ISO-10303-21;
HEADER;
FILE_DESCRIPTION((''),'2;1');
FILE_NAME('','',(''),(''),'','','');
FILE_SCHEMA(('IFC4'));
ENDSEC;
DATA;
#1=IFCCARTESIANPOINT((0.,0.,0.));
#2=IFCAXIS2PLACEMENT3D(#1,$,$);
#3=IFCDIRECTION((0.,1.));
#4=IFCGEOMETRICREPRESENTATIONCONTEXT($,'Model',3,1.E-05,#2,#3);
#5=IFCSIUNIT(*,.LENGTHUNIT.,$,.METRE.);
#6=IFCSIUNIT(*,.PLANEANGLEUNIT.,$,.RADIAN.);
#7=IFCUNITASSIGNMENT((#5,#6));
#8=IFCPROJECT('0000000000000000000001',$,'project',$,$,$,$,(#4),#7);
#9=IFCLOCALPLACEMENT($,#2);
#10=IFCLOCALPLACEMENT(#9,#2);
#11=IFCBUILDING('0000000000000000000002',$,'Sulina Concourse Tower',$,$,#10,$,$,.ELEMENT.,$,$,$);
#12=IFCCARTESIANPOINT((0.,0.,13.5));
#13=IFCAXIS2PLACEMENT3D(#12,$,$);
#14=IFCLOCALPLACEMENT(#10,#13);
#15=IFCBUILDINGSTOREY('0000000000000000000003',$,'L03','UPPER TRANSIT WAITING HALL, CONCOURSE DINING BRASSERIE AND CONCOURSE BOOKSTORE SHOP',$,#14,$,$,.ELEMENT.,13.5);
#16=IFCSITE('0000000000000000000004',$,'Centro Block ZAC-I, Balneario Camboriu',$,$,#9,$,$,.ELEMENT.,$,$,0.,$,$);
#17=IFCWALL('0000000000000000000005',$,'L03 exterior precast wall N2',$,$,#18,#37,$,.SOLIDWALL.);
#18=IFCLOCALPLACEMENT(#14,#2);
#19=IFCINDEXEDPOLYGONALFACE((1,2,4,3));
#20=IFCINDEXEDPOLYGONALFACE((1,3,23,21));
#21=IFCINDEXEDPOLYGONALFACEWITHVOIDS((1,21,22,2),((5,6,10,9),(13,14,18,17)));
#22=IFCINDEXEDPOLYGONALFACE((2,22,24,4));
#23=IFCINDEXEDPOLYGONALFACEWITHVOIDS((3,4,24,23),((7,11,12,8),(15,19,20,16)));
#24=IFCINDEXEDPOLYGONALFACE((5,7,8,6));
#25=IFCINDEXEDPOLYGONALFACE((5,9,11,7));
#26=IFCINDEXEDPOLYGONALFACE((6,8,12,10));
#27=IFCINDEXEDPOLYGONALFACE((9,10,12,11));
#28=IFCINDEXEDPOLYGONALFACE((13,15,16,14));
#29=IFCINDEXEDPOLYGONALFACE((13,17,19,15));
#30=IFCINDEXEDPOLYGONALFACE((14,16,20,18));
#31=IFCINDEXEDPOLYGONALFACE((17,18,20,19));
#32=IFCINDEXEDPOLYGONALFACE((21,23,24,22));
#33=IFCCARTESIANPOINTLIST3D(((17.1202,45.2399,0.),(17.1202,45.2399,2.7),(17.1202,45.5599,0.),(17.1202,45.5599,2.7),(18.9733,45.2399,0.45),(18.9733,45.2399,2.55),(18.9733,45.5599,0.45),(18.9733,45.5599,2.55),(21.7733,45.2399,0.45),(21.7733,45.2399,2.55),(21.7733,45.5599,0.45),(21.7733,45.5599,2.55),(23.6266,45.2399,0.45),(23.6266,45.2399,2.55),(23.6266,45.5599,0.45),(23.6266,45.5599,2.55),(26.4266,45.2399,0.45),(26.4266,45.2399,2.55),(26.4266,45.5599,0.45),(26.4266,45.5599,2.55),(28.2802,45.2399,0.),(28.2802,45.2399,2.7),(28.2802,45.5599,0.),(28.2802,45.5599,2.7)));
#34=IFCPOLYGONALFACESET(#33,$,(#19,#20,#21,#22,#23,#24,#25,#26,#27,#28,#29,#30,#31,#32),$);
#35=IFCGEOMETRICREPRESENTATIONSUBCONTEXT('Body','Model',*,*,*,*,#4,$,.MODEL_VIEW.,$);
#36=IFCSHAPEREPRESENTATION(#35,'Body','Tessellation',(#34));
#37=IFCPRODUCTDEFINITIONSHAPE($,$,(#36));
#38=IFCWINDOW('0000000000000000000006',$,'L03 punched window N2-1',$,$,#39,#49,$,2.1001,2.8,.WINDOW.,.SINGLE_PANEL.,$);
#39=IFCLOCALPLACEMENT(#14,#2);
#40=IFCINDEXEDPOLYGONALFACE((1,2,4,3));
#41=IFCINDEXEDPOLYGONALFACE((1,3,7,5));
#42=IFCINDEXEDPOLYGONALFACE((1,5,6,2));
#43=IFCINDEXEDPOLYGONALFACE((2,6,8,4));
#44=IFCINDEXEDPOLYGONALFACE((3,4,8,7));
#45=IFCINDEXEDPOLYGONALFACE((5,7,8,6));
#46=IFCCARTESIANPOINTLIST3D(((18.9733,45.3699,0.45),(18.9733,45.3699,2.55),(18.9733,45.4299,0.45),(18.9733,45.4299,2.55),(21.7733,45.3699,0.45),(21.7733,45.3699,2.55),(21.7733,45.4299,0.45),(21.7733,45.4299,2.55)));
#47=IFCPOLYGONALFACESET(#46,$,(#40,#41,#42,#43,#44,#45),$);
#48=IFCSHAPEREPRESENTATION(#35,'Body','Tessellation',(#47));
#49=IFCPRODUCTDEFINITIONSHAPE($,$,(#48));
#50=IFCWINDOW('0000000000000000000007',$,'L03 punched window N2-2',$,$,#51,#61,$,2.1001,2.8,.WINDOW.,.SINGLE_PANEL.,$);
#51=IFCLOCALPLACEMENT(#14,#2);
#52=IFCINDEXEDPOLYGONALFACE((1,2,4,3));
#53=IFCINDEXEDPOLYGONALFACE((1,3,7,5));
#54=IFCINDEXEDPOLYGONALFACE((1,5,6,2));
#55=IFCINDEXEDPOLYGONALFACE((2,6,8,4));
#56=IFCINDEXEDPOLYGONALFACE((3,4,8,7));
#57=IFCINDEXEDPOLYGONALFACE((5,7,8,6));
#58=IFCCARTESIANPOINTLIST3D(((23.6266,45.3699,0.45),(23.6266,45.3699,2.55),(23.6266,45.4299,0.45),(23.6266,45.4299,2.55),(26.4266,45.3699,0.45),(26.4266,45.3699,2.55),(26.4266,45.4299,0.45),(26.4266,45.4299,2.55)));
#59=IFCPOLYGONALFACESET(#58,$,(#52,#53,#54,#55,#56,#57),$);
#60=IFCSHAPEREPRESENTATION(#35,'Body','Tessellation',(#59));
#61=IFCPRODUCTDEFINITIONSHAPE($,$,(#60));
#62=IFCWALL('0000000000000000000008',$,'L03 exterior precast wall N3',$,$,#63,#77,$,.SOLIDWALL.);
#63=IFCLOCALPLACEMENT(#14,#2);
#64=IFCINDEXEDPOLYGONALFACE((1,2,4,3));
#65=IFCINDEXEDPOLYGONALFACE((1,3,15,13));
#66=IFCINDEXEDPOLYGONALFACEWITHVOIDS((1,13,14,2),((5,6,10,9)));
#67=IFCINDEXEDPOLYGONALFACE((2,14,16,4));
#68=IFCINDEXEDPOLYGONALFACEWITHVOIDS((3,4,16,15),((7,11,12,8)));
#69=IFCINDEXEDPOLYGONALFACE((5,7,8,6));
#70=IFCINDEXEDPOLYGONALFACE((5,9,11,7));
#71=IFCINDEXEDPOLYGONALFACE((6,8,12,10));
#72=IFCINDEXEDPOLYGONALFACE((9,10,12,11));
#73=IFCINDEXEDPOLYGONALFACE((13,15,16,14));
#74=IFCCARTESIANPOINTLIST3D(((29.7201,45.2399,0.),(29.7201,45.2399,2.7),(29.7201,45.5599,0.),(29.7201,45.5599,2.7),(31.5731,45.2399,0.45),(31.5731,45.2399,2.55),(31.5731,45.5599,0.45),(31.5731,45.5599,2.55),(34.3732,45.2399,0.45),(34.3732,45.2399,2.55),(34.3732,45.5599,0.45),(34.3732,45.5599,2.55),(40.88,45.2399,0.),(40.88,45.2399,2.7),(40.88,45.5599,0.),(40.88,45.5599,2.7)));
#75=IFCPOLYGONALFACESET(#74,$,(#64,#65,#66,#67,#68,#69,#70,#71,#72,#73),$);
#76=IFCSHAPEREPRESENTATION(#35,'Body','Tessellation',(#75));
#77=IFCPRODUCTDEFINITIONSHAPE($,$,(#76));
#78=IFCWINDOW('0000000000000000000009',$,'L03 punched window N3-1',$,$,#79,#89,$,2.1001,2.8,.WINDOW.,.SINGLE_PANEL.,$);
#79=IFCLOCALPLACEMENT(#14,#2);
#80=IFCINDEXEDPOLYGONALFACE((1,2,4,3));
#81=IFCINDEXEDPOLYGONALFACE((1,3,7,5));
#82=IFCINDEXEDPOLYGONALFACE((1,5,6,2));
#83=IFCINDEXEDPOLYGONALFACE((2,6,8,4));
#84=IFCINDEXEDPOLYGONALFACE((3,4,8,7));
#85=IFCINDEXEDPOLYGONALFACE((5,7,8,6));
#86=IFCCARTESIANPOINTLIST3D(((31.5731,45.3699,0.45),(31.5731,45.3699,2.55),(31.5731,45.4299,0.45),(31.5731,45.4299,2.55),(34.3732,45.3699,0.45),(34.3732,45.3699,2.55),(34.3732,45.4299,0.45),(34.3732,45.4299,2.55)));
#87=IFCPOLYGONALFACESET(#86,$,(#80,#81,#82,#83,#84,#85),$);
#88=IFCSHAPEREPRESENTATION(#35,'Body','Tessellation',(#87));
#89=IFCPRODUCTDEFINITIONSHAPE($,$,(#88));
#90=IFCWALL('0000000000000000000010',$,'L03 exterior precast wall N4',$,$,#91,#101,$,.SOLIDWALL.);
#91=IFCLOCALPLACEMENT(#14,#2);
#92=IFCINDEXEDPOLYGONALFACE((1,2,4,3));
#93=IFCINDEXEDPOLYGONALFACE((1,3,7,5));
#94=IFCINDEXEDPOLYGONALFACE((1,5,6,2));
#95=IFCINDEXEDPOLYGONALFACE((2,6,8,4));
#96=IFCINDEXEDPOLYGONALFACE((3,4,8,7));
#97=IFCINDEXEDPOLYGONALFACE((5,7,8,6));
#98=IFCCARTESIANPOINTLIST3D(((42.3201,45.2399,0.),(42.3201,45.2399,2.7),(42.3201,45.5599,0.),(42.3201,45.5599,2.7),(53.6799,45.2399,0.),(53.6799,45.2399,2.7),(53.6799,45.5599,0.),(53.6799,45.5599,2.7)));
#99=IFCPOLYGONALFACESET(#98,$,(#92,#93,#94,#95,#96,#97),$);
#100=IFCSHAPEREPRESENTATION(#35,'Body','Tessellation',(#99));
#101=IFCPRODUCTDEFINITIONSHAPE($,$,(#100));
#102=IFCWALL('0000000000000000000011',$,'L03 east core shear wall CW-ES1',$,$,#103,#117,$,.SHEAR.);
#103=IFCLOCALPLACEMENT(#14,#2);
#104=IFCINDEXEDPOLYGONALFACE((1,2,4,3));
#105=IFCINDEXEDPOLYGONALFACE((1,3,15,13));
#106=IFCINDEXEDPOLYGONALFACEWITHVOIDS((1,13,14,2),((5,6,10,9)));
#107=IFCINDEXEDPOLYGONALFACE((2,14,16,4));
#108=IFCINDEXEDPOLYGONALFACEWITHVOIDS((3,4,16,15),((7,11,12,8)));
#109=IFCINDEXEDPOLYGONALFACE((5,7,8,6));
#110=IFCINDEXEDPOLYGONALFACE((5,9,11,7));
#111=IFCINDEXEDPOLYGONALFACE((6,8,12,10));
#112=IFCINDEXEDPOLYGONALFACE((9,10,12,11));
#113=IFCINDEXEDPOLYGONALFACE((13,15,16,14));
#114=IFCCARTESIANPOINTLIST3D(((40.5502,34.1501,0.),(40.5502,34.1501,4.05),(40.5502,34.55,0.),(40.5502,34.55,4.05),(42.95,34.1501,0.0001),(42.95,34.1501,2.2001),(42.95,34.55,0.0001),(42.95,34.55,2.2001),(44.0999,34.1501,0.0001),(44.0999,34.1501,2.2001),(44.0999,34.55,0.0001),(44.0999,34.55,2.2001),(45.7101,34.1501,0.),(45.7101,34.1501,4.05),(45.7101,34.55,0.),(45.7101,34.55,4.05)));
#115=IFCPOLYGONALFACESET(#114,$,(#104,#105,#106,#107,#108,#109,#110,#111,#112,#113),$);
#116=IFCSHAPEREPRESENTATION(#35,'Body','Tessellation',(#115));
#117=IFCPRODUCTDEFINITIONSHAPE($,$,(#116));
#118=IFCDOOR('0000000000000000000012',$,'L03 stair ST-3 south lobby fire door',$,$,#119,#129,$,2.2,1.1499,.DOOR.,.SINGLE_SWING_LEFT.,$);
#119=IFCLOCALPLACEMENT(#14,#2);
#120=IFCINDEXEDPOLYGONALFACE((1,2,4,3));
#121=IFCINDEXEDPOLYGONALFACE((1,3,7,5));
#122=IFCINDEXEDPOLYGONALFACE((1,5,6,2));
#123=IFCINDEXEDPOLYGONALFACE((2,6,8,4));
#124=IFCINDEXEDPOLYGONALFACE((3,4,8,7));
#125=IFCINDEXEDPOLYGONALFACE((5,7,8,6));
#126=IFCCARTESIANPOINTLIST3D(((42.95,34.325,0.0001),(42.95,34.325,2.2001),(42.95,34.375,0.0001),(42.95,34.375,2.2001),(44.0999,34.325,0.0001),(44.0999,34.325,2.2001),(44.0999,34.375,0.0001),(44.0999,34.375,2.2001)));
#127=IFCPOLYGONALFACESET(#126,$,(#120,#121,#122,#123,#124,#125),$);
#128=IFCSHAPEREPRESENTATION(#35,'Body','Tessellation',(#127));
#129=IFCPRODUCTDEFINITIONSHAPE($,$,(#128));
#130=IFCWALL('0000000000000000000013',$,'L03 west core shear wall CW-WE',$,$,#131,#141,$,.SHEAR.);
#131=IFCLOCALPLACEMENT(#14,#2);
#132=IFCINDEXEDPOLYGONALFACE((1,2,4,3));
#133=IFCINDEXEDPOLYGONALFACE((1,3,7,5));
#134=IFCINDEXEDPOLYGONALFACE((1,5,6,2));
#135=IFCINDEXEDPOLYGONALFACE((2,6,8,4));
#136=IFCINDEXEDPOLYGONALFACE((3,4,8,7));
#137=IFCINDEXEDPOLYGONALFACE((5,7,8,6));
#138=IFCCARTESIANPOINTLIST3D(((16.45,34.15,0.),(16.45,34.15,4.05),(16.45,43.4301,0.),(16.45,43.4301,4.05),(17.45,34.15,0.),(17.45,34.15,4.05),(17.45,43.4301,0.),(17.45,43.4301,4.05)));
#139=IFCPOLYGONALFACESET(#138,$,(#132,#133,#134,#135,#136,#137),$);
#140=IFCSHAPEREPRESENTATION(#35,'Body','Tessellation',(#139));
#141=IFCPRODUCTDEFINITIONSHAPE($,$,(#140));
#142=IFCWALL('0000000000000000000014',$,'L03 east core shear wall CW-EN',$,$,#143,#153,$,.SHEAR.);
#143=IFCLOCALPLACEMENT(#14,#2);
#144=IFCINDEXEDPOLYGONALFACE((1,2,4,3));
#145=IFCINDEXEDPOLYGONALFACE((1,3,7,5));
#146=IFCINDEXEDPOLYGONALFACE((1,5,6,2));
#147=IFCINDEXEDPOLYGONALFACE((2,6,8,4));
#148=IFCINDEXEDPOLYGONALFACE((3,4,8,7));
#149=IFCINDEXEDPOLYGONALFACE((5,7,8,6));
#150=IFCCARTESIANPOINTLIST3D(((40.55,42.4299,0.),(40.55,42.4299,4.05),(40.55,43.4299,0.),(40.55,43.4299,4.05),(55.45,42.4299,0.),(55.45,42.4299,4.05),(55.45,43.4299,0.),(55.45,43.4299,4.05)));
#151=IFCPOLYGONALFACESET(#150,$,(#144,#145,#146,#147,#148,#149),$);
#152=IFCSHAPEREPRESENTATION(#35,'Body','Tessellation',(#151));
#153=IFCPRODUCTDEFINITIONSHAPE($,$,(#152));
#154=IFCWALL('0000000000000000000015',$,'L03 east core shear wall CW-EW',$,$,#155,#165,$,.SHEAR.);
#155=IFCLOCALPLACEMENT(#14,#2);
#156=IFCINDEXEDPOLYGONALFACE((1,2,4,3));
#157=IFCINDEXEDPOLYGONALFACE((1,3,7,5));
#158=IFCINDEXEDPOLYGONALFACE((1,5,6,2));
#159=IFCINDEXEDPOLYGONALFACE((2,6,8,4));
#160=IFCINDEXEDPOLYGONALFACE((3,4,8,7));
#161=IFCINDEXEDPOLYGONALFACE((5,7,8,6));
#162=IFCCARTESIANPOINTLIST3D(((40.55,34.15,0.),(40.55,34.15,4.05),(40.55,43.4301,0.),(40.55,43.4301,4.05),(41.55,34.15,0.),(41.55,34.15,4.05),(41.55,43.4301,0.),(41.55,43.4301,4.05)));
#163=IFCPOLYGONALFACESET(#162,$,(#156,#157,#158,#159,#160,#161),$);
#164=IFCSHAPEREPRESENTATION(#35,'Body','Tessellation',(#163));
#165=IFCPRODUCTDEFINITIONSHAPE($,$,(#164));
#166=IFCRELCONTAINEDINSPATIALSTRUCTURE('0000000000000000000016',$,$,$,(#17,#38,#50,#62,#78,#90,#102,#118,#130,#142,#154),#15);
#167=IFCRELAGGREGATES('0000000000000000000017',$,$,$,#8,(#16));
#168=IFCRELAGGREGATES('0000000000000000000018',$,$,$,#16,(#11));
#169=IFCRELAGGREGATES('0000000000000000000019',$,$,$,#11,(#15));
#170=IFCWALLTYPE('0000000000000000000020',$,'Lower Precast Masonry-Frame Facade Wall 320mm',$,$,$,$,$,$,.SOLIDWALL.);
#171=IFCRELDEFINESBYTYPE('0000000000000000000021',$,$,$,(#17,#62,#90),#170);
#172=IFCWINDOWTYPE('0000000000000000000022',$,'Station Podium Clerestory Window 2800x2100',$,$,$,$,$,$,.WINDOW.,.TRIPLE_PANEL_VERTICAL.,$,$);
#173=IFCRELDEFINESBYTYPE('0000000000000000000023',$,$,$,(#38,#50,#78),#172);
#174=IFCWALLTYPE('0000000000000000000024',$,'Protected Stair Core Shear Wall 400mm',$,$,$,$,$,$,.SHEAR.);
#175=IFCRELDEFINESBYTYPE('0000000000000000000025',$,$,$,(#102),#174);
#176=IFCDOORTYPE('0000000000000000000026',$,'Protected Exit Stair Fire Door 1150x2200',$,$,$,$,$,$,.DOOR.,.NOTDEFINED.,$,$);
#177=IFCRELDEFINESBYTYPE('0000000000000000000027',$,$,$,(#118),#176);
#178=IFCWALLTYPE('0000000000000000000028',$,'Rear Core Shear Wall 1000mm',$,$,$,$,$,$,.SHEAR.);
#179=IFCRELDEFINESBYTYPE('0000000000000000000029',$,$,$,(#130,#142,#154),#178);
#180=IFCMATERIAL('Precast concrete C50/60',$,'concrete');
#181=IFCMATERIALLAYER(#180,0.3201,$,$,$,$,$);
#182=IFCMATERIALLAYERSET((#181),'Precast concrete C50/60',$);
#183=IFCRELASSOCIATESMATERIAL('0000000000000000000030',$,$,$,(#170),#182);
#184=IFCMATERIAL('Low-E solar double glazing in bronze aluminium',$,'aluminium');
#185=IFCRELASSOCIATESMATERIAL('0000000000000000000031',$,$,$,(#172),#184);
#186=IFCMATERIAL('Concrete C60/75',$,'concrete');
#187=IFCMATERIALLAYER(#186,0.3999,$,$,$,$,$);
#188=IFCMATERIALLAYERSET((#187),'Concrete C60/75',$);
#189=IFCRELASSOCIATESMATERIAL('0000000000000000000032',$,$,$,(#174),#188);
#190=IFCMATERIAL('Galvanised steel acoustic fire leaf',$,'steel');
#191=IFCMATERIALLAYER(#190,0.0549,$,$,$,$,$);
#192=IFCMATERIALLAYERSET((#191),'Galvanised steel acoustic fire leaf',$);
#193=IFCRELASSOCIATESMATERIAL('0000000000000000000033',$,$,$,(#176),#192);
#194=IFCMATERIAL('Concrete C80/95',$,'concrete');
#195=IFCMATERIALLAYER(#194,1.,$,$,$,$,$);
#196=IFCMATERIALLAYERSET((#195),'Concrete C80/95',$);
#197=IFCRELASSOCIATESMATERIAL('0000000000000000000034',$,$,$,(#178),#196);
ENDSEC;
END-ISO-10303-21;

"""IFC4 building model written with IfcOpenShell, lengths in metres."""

from ifc_helpers import new_model, si_unit, direction, frame, frame_2d, origin, place, context, subcontext, project, spatial, rectangle, extrude, material, layer, layer_set, type_object, element, fill, save


model = new_model("IFC4")

# Units and contexts
model_context = context("Model", 3, precision=1e-05, world=origin(), true_north=direction((0.0, 1.0)))
body_context = subcontext(model_context, "Body", "Model", "MODEL_VIEW")
ifc_project = project(units=[si_unit("LENGTHUNIT", "METRE"), si_unit("PLANEANGLEUNIT", "RADIAN")], contexts=[model_context])

# Site, building, storey
site_placement = place(None, origin())
site = spatial("IfcSite", under=ifc_project, at=site_placement, Name="Centro Block ZAC-I, Balneario Camboriu", CompositionType="ELEMENT", RefElevation=0.0)
building_placement = place(site_placement, origin())
building = spatial("IfcBuilding", under=site, at=building_placement, Name="Sulina Concourse Tower", CompositionType="ELEMENT")
storey_placement = place(building_placement, frame((0.0, 0.0, 13.5)))
storey = spatial("IfcBuildingStorey", under=building, at=storey_placement, Name="L03", Description="UPPER TRANSIT WAITING HALL, CONCOURSE DINING BRASSERIE AND CONCOURSE BOOKSTORE SHOP", CompositionType="ELEMENT", Elevation=13.5)

# Wall, openings, windows
ifc_material_1 = material(Name="Precast concrete C50/60", Category="concrete")
ifc_layer_1 = layer(ifc_material_1, 0.3201)
ifc_layer_set_1 = layer_set([ifc_layer_1], Name="Precast concrete C50/60")
wall_type_1 = type_object("IfcWallType", Name="Lower Precast Masonry-Frame Facade Wall 320mm", PredefinedType="SOLIDWALL", material=ifc_layer_set_1)
wall_1_placement = place(storey_placement, frame((17.1201, 45.3999, 0.0), z_axis=(0.0, 0.0, 1.0), x_axis=(1.0, 0.0, 0.0)))
wall_1 = element("IfcWall", 1, at=wall_1_placement, inside=storey, type_object=wall_type_1, Name="L03 exterior precast wall N2", PredefinedType="SOLIDWALL", context=body_context, shape_type="SweptSolid", body=[
    extrude(rectangle(XDim=11.1599, YDim=0.3201, at=frame_2d((5.5801, 0.0))), origin(), (0.0, 0.0, 1.0), 2.7),
])
opening_1_placement = place(wall_1_placement, frame((1.8533, 0.0, 0.45)))
opening_1 = element("IfcOpeningElement", 2, at=opening_1_placement, cuts=wall_1, PredefinedType="OPENING", context=body_context, shape_type="SweptSolid", body=[
    extrude(rectangle(XDim=2.8, YDim=2.1001, at=frame_2d((1.3999, 1.05))), frame((0.0, 0.1699, 0.0), z_axis=(0.0, -1.0, 0.0), x_axis=(1.0, 0.0, 0.0)), (0.0, 0.0, 1.0), 0.3401),
])
opening_2_placement = place(wall_1_placement, frame((6.5066, 0.0, 0.45)))
opening_2 = element("IfcOpeningElement", 3, at=opening_2_placement, cuts=wall_1, PredefinedType="OPENING", context=body_context, shape_type="SweptSolid", body=[
    extrude(rectangle(XDim=2.8, YDim=2.1001, at=frame_2d((1.3999, 1.05))), frame((0.0, 0.1699, 0.0), z_axis=(0.0, -1.0, 0.0), x_axis=(1.0, 0.0, 0.0)), (0.0, 0.0, 1.0), 0.3401),
])
ifc_material_2 = material(Name="Low-E solar double glazing in bronze aluminium", Category="aluminium")
window_type = type_object("IfcWindowType", Name="Station Podium Clerestory Window 2800x2100", PartitioningType="TRIPLE_PANEL_VERTICAL", PredefinedType="WINDOW", material=ifc_material_2)
window_1_placement = place(opening_1_placement, origin())
window_1 = element("IfcWindow", 4, at=window_1_placement, inside=storey, type_object=window_type, Name="L03 punched window N2-1", OverallHeight=2.1001, OverallWidth=2.8, PartitioningType="SINGLE_PANEL", PredefinedType="WINDOW", context=body_context, shape_type="SweptSolid", body=[
    extrude(rectangle(XDim=2.8, YDim=2.1001, at=frame_2d((1.3999, 1.05))), frame((0.0, 0.03, 0.0), z_axis=(0.0, -1.0, 0.0), x_axis=(1.0, 0.0, 0.0)), (0.0, 0.0, 1.0), 0.0601),
])
fill(opening_1, window_1)
window_2_placement = place(opening_2_placement, origin())
window_2 = element("IfcWindow", 5, at=window_2_placement, inside=storey, type_object=window_type, Name="L03 punched window N2-2", OverallHeight=2.1001, OverallWidth=2.8, PartitioningType="SINGLE_PANEL", PredefinedType="WINDOW", context=body_context, shape_type="SweptSolid", body=[
    extrude(rectangle(XDim=2.8, YDim=2.1001, at=frame_2d((1.3999, 1.05))), frame((0.0, 0.03, 0.0), z_axis=(0.0, -1.0, 0.0), x_axis=(1.0, 0.0, 0.0)), (0.0, 0.0, 1.0), 0.0601),
])
fill(opening_2, window_2)

# Wall, opening, window
wall_2_placement = place(storey_placement, frame((29.72, 45.3999, 0.0), z_axis=(0.0, 0.0, 1.0), x_axis=(1.0, 0.0, 0.0)))
wall_2 = element("IfcWall", 6, at=wall_2_placement, inside=storey, type_object=wall_type_1, Name="L03 exterior precast wall N3", PredefinedType="SOLIDWALL", context=body_context, shape_type="SweptSolid", body=[
    extrude(rectangle(XDim=11.1599, YDim=0.3201, at=frame_2d((5.5801, 0.0))), origin(), (0.0, 0.0, 1.0), 2.7),
])
opening_3_placement = place(wall_2_placement, frame((1.8533, 0.0, 0.45)))
opening_3 = element("IfcOpeningElement", 7, at=opening_3_placement, cuts=wall_2, PredefinedType="OPENING", context=body_context, shape_type="SweptSolid", body=[
    extrude(rectangle(XDim=2.8, YDim=2.1001, at=frame_2d((1.3999, 1.05))), frame((0.0, 0.1699, 0.0), z_axis=(0.0, -1.0, 0.0), x_axis=(1.0, 0.0, 0.0)), (0.0, 0.0, 1.0), 0.3401),
])
window_3_placement = place(opening_3_placement, origin())
window_3 = element("IfcWindow", 8, at=window_3_placement, inside=storey, type_object=window_type, Name="L03 punched window N3-1", OverallHeight=2.1001, OverallWidth=2.8, PartitioningType="SINGLE_PANEL", PredefinedType="WINDOW", context=body_context, shape_type="SweptSolid", body=[
    extrude(rectangle(XDim=2.8, YDim=2.1001, at=frame_2d((1.3999, 1.05))), frame((0.0, 0.03, 0.0), z_axis=(0.0, -1.0, 0.0), x_axis=(1.0, 0.0, 0.0)), (0.0, 0.0, 1.0), 0.0601),
])
fill(opening_3, window_3)

# Wall
wall_3_placement = place(storey_placement, frame((42.3201, 45.3999, 0.0), z_axis=(0.0, 0.0, 1.0), x_axis=(1.0, 0.0, 0.0)))
element("IfcWall", 9, at=wall_3_placement, inside=storey, type_object=wall_type_1, Name="L03 exterior precast wall N4", PredefinedType="SOLIDWALL", context=body_context, shape_type="SweptSolid", body=[
    extrude(rectangle(XDim=11.3599, YDim=0.3201, at=frame_2d((5.6799, 0.0))), origin(), (0.0, 0.0, 1.0), 2.7),
])

# Wall, opening, door
ifc_material_3 = material(Name="Concrete C60/75", Category="concrete")
ifc_layer_2 = layer(ifc_material_3, 0.3999)
ifc_layer_set_2 = layer_set([ifc_layer_2], Name="Concrete C60/75")
wall_type_2 = type_object("IfcWallType", Name="Protected Stair Core Shear Wall 400mm", PredefinedType="SHEAR", material=ifc_layer_set_2)
wall_4_placement = place(storey_placement, frame((40.55, 34.3501, 0.0), z_axis=(0.0, 0.0, 1.0), x_axis=(1.0, 0.0, 0.0)))
wall_4 = element("IfcWall", 10, at=wall_4_placement, inside=storey, type_object=wall_type_2, Name="L03 east core shear wall CW-ES1", PredefinedType="SHEAR", context=body_context, shape_type="SweptSolid", body=[
    extrude(rectangle(XDim=5.1599, YDim=0.3999, at=frame_2d((2.5801, 0.0))), origin(), (0.0, 0.0, 1.0), 4.05),
])
opening_4_placement = place(wall_4_placement, frame((2.3999, 0.0, 0.0)))
opening_4 = element("IfcOpeningElement", 11, at=opening_4_placement, cuts=wall_4, PredefinedType="OPENING", context=body_context, shape_type="SweptSolid", body=[
    extrude(rectangle(XDim=1.1499, YDim=2.2, at=frame_2d((0.575, 1.1001))), frame((0.0, 0.21, 0.0), z_axis=(0.0, -1.0, 0.0), x_axis=(1.0, 0.0, 0.0)), (0.0, 0.0, 1.0), 0.4199),
])
ifc_material_4 = material(Name="Galvanised steel acoustic fire leaf", Category="steel")
ifc_layer_3 = layer(ifc_material_4, 0.0549)
ifc_layer_set_3 = layer_set([ifc_layer_3], Name="Galvanised steel acoustic fire leaf")
door_type = type_object("IfcDoorType", Name="Protected Exit Stair Fire Door 1150x2200", OperationType="NOTDEFINED", PredefinedType="DOOR", material=ifc_layer_set_3)
door_placement = place(opening_4_placement, origin())
door = element("IfcDoor", 12, at=door_placement, inside=storey, type_object=door_type, Name="L03 stair ST-3 south lobby fire door", OperationType="SINGLE_SWING_LEFT", OverallHeight=2.2, OverallWidth=1.1499, PredefinedType="DOOR", context=body_context, shape_type="SweptSolid", body=[
    extrude(rectangle(XDim=1.1499, YDim=2.2, at=frame_2d((0.575, 1.1001))), frame((0.0, 0.0249, 0.0), z_axis=(0.0, -1.0, 0.0), x_axis=(1.0, 0.0, 0.0)), (0.0, 0.0, 1.0), 0.05),
])
fill(opening_4, door)

# Walls
ifc_material_5 = material(Name="Concrete C80/95", Category="concrete")
ifc_layer_4 = layer(ifc_material_5, 1.0)
ifc_layer_set_4 = layer_set([ifc_layer_4], Name="Concrete C80/95")
wall_type_3 = type_object("IfcWallType", Name="Rear Core Shear Wall 1000mm", PredefinedType="SHEAR", material=ifc_layer_set_4)
wall_5_placement = place(storey_placement, frame((16.95, 34.1499, 0.0), z_axis=(0.0, 0.0, 1.0), x_axis=(0.0, 1.0, 0.0)))
element("IfcWall", 13, at=wall_5_placement, inside=storey, type_object=wall_type_3, Name="L03 west core shear wall CW-WE", PredefinedType="SHEAR", context=body_context, shape_type="SweptSolid", body=[
    extrude(rectangle(XDim=9.28, YDim=1.0, at=frame_2d((4.6401, 0.0))), origin(), (0.0, 0.0, 1.0), 4.05),
])
wall_6_placement = place(storey_placement, frame((40.55, 42.9299, 0.0), z_axis=(0.0, 0.0, 1.0), x_axis=(1.0, 0.0, 0.0)))
element("IfcWall", 14, at=wall_6_placement, inside=storey, type_object=wall_type_3, Name="L03 east core shear wall CW-EN", PredefinedType="SHEAR", context=body_context, shape_type="SweptSolid", body=[
    extrude(rectangle(XDim=14.8999, YDim=1.0, at=frame_2d((7.45, 0.0))), origin(), (0.0, 0.0, 1.0), 4.05),
])
wall_7_placement = place(storey_placement, frame((41.05, 34.1499, 0.0), z_axis=(0.0, 0.0, 1.0), x_axis=(0.0, 1.0, 0.0)))
element("IfcWall", 15, at=wall_7_placement, inside=storey, type_object=wall_type_3, Name="L03 east core shear wall CW-EW", PredefinedType="SHEAR", context=body_context, shape_type="SweptSolid", body=[
    extrude(rectangle(XDim=9.28, YDim=1.0, at=frame_2d((4.6401, 0.0))), origin(), (0.0, 0.0, 1.0), 4.05),
])

save(model, "model.ifc")
